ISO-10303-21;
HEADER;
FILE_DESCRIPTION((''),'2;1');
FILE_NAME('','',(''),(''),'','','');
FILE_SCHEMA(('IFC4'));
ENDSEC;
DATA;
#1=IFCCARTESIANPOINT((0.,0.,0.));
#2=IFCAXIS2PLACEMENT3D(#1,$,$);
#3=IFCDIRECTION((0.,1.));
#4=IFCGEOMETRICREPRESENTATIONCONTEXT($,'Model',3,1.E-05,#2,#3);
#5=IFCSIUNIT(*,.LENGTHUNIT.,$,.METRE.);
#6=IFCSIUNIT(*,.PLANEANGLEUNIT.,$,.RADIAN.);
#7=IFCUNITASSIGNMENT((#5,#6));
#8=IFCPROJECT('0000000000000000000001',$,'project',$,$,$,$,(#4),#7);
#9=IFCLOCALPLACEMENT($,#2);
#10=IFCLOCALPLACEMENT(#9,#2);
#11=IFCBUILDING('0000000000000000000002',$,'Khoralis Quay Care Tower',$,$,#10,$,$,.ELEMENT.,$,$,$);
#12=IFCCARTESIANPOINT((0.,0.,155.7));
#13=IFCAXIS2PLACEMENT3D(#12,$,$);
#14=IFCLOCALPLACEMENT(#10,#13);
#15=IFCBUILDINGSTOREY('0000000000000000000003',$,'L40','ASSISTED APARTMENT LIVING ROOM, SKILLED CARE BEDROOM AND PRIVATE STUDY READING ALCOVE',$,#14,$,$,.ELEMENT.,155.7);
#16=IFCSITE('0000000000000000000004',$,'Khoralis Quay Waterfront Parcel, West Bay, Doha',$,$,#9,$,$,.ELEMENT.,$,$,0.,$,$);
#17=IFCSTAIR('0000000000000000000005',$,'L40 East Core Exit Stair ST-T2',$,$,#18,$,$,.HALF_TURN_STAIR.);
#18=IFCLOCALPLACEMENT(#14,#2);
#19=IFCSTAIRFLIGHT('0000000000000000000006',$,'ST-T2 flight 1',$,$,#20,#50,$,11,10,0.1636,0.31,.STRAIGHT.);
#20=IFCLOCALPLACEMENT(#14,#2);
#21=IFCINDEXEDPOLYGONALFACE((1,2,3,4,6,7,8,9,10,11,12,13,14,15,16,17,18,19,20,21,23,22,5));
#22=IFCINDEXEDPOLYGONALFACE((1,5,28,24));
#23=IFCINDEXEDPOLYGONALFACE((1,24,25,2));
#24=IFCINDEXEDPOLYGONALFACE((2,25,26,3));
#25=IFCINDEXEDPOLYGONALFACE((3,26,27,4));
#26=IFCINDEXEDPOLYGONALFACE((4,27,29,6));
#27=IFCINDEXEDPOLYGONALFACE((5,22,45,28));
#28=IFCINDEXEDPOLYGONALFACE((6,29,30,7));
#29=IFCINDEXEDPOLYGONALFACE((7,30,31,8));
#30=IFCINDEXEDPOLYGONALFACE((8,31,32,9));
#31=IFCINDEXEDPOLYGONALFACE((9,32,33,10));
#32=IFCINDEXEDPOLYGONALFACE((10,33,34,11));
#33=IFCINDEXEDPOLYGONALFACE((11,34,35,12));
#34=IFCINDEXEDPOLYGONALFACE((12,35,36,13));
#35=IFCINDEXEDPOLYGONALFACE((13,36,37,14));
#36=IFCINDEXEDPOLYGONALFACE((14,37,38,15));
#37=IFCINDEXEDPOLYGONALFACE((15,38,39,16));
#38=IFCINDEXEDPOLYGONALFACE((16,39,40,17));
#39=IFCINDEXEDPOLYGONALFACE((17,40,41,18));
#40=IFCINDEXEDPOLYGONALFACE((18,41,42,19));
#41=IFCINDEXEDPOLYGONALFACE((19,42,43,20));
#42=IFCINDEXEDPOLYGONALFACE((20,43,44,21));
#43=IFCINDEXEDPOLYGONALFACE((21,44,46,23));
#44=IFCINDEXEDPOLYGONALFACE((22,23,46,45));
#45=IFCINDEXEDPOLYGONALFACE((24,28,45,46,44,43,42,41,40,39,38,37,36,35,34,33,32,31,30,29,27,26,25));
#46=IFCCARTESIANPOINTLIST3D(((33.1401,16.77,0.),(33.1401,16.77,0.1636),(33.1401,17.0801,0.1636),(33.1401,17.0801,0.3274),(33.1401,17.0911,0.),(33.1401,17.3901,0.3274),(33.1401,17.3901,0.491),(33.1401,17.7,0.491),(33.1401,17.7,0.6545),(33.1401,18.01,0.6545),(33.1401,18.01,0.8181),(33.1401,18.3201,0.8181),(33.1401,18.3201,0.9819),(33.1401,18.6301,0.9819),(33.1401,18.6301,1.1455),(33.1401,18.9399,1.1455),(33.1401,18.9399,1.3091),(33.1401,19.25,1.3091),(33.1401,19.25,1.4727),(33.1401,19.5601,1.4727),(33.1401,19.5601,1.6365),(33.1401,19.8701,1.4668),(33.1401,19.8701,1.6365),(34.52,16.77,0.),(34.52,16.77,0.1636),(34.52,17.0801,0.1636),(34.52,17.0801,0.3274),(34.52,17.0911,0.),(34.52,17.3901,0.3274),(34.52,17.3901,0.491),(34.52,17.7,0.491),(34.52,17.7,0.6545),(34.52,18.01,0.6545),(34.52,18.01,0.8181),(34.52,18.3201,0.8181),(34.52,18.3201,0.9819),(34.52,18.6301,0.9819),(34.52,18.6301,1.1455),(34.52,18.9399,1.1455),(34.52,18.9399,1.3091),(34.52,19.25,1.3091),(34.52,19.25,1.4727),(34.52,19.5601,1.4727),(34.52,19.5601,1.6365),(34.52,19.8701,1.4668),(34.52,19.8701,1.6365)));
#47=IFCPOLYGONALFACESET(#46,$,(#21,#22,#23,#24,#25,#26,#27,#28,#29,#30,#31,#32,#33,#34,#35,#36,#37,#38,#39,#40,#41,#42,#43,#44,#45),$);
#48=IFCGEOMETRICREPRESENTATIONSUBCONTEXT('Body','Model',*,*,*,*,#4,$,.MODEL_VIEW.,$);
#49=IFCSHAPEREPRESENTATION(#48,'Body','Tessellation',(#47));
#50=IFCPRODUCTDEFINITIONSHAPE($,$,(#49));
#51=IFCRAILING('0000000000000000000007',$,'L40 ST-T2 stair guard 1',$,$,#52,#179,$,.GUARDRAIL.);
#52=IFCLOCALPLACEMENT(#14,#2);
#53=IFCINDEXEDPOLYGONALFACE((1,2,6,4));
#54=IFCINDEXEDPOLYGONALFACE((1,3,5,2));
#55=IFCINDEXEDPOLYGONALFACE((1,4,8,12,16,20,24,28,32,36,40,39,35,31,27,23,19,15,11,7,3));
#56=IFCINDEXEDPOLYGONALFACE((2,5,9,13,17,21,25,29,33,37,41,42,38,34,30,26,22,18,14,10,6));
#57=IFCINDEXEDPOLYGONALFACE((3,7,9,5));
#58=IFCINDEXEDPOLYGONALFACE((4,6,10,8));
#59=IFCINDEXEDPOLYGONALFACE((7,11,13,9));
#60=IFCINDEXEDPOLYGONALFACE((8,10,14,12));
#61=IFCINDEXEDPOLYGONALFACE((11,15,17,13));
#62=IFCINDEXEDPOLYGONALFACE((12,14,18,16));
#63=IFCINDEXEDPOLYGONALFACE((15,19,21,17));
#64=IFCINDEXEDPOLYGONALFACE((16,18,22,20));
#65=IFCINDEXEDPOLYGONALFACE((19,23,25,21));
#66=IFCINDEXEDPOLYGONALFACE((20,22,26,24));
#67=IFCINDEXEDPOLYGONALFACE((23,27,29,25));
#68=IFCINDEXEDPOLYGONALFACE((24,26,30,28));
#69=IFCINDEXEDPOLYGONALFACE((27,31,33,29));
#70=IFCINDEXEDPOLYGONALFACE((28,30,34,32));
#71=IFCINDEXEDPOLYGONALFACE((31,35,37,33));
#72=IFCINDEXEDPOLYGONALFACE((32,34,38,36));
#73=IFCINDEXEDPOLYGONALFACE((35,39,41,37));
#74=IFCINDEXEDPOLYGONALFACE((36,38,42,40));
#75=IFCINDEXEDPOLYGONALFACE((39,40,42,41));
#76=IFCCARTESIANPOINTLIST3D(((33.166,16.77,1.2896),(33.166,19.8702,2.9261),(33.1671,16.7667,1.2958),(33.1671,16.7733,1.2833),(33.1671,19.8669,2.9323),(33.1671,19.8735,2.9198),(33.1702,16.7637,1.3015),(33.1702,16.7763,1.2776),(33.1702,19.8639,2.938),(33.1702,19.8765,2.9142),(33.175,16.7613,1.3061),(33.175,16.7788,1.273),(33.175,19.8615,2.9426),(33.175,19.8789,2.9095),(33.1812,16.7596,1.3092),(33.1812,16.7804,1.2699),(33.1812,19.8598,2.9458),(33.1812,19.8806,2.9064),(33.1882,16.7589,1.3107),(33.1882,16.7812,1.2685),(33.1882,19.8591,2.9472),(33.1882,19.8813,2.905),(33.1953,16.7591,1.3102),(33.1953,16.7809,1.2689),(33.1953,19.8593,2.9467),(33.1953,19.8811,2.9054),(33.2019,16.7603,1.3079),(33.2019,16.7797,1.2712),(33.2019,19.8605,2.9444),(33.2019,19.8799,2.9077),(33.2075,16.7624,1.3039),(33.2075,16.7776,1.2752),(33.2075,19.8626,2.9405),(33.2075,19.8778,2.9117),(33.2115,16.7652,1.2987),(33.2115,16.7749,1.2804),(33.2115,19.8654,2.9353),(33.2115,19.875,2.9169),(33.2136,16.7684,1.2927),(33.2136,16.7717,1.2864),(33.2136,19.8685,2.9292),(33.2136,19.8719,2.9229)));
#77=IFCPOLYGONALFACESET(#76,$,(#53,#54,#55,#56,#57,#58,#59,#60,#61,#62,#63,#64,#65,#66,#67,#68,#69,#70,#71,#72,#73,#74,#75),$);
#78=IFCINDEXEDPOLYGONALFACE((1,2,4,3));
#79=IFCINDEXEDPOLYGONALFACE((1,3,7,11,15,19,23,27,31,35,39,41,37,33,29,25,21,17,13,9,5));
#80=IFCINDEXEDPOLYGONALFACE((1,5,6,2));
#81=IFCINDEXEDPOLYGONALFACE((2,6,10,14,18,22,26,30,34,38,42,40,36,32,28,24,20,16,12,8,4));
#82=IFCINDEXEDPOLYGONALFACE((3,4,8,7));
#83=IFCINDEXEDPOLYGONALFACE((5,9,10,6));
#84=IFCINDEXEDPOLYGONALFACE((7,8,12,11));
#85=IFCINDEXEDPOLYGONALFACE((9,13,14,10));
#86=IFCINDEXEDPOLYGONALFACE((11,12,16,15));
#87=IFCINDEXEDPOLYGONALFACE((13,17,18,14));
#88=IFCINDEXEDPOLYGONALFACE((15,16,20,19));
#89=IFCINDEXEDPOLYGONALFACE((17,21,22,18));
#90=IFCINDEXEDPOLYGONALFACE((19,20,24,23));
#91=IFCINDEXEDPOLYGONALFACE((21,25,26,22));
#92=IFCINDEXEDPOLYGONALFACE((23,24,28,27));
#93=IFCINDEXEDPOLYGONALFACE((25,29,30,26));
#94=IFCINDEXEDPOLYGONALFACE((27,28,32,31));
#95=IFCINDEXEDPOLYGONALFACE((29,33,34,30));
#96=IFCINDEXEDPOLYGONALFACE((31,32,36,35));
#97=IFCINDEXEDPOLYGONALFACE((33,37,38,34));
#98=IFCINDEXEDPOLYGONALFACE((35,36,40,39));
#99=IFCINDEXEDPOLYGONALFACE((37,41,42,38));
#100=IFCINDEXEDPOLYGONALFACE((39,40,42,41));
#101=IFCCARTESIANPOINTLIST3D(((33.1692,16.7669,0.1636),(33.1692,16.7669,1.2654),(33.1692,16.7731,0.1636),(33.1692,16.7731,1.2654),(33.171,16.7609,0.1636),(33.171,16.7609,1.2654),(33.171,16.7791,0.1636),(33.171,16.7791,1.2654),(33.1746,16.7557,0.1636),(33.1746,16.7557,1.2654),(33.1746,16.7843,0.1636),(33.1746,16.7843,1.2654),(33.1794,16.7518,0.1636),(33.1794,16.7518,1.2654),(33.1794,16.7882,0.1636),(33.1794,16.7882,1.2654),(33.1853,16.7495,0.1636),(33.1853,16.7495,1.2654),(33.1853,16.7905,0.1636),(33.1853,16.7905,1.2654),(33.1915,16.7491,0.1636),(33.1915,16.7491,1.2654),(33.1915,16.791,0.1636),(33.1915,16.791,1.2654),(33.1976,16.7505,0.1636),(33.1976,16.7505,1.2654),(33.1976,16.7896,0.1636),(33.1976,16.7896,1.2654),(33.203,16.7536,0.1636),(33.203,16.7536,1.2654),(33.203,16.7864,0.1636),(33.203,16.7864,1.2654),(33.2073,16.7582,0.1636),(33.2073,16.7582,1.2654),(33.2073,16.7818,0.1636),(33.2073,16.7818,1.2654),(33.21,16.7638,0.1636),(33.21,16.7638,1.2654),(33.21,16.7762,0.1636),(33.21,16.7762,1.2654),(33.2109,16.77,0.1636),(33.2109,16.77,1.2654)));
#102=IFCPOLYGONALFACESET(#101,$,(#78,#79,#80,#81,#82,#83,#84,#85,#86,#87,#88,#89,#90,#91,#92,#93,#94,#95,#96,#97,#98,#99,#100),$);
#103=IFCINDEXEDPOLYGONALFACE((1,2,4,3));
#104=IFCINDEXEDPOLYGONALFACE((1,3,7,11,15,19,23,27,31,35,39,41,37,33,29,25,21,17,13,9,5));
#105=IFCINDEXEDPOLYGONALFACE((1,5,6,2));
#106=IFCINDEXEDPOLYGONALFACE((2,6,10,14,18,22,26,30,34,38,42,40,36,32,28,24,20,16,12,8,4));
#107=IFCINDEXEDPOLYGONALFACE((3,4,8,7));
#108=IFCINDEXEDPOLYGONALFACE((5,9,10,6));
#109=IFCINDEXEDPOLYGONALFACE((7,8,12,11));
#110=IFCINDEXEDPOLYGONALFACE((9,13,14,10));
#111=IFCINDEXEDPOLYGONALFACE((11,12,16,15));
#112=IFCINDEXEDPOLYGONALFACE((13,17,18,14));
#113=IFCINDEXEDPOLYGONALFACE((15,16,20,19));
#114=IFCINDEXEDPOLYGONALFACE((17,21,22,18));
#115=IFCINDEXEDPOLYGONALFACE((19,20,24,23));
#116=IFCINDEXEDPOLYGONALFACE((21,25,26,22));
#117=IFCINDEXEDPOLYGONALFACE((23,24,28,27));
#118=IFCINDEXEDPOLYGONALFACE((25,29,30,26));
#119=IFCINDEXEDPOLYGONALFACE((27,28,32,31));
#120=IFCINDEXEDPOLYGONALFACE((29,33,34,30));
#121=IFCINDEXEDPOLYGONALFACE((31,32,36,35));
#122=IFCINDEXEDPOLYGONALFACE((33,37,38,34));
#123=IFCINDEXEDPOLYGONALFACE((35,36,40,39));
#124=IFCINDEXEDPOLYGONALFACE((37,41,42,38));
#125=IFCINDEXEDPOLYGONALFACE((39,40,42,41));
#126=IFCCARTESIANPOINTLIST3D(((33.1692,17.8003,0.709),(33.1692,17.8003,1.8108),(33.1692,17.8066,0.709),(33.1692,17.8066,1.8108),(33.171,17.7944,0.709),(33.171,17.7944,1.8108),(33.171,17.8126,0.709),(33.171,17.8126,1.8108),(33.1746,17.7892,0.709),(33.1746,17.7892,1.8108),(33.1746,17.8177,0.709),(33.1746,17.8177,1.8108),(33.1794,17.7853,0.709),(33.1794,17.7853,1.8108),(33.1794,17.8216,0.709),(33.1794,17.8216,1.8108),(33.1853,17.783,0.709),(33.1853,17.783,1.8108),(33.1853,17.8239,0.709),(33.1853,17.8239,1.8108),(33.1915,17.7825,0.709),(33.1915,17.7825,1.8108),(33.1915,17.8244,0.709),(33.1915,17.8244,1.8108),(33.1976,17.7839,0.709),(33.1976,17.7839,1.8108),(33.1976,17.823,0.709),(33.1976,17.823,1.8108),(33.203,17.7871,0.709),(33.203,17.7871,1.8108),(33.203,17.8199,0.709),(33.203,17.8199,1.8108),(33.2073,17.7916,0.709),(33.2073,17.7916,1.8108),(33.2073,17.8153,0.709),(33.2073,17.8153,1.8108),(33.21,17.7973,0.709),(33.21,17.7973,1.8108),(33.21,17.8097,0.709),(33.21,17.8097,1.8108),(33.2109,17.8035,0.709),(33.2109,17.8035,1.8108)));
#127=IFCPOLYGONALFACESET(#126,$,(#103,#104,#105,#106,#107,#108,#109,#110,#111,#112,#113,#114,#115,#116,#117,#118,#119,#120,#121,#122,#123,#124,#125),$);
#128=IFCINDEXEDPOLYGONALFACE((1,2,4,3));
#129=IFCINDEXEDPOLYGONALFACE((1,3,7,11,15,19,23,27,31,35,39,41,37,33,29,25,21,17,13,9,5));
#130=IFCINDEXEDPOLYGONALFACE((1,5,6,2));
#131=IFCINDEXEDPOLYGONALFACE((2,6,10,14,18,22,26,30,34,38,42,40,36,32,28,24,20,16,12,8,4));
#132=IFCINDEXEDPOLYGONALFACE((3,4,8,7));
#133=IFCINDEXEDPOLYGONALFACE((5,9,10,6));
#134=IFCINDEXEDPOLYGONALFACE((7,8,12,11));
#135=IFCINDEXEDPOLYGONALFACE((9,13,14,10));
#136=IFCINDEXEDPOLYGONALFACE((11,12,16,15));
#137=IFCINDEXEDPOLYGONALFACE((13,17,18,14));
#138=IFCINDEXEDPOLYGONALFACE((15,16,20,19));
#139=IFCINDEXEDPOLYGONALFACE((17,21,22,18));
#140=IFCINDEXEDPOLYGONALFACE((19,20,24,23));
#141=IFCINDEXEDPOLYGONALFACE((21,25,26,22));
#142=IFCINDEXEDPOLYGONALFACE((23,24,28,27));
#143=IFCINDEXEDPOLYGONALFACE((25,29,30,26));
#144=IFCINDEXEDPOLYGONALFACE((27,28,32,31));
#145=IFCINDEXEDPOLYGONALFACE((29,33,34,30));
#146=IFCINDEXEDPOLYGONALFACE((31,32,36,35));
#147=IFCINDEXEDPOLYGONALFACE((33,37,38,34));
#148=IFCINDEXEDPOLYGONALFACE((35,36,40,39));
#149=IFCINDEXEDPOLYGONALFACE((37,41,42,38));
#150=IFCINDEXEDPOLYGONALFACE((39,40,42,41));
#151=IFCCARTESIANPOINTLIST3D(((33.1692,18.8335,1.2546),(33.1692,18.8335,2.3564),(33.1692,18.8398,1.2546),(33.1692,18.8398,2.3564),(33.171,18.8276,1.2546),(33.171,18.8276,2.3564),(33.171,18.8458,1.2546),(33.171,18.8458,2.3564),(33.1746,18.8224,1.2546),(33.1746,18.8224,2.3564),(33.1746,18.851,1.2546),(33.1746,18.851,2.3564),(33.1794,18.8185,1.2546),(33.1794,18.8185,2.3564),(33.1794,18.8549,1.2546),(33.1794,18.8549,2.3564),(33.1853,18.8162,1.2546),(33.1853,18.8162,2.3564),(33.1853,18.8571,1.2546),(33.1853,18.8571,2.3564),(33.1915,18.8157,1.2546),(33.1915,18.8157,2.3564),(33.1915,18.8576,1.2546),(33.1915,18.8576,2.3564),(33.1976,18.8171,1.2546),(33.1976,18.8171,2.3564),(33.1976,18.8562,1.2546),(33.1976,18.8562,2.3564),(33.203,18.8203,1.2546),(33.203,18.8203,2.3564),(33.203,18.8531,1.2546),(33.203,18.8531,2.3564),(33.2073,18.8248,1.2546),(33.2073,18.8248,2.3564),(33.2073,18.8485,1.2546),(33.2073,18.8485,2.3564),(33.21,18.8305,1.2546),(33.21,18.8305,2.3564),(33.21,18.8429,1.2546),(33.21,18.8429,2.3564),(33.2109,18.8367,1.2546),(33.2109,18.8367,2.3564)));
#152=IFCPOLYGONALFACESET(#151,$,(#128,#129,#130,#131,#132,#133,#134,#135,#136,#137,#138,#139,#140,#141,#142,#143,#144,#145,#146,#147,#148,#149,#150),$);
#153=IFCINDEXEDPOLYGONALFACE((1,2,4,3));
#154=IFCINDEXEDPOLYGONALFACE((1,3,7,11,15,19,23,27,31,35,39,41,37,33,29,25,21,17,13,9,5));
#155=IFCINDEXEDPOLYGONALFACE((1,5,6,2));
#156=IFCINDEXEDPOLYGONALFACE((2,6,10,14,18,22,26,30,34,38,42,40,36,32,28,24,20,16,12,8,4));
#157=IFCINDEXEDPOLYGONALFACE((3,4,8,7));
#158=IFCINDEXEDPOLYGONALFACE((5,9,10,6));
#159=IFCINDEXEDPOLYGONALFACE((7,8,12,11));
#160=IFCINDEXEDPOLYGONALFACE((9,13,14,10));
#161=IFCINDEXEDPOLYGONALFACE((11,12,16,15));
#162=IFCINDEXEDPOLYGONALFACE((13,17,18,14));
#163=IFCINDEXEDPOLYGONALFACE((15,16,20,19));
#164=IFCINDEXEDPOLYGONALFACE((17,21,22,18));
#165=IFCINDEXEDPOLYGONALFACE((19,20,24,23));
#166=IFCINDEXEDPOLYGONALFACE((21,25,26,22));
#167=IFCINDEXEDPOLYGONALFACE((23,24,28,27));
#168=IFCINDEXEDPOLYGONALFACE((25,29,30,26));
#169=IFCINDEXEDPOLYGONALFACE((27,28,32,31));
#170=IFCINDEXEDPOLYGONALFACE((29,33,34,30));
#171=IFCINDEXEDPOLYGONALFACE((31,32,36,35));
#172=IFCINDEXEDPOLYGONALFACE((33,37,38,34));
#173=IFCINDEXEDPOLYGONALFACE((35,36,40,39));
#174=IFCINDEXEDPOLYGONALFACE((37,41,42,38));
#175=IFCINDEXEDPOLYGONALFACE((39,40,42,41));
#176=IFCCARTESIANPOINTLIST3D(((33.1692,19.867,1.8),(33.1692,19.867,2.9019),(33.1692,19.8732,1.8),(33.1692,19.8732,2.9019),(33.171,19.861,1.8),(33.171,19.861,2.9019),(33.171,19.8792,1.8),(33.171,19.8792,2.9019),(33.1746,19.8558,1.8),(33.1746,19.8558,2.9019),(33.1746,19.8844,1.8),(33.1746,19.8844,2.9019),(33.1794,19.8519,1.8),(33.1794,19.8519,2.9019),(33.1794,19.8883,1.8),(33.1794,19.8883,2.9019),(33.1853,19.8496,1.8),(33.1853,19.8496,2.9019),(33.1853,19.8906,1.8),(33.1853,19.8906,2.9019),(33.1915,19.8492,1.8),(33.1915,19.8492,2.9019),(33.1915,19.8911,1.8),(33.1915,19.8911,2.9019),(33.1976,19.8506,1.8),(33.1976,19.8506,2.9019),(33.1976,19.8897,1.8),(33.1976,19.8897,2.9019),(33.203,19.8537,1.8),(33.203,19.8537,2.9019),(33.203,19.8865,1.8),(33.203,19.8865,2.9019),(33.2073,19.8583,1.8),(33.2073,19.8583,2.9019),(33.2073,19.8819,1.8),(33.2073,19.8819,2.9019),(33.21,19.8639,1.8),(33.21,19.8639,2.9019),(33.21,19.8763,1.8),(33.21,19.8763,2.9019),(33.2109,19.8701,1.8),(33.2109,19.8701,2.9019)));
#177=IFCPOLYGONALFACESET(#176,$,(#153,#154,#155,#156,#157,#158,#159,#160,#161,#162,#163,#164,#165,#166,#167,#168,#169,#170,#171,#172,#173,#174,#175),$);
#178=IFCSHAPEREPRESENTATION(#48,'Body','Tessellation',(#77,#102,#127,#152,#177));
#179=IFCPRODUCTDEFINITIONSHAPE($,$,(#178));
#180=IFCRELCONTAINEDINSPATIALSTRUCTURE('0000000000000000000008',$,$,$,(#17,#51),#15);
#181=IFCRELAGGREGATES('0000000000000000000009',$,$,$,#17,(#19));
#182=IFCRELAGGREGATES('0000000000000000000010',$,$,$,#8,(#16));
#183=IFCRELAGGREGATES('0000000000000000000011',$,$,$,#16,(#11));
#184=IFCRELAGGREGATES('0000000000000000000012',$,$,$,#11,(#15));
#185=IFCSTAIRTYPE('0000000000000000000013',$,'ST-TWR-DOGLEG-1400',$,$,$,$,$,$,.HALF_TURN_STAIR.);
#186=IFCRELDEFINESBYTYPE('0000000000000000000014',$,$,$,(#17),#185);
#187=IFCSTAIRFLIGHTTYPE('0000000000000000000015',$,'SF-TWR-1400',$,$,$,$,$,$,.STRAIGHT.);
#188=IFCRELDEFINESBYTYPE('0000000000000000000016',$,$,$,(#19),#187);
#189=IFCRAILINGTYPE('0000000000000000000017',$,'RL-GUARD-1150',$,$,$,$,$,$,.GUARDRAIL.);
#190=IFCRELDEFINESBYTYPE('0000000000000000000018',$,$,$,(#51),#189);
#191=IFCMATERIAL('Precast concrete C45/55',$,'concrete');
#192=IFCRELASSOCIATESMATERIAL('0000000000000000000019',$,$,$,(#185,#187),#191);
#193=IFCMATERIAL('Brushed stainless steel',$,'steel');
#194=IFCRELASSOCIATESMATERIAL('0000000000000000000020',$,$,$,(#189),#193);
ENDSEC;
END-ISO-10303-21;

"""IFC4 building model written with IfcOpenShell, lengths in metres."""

from ifc_helpers import new_model, si_unit, direction, frame, origin, origin_2d, place, context, subcontext, project, spatial, polyline, circle, outline, extrude, source, transform, mapped, material, type_object, element, aggregate, save


model = new_model("IFC4")

# Units and contexts
model_context = context("Model", 3, precision=1e-05, world=origin(), true_north=direction((0.0, 1.0)))
body_context = subcontext(model_context, "Body", "Model", "MODEL_VIEW")
ifc_project = project(units=[si_unit("LENGTHUNIT", "METRE"), si_unit("PLANEANGLEUNIT", "RADIAN")], contexts=[model_context])

# Site, building, storey
site_placement = place(None, origin())
site = spatial("IfcSite", under=ifc_project, at=site_placement, Name="Khoralis Quay Waterfront Parcel, West Bay, Doha", CompositionType="ELEMENT", RefElevation=0.0)
building_placement = place(site_placement, origin())
building = spatial("IfcBuilding", under=site, at=building_placement, Name="Khoralis Quay Care Tower", CompositionType="ELEMENT")
storey_placement = place(building_placement, frame((0.0, 0.0, 155.7)))
storey = spatial("IfcBuildingStorey", under=building, at=storey_placement, Name="L40", Description="ASSISTED APARTMENT LIVING ROOM, SKILLED CARE BEDROOM AND PRIVATE STUDY READING ALCOVE", CompositionType="ELEMENT", Elevation=155.7)

# Stair, stair flight
ifc_material_1 = material(Name="Precast concrete C45/55", Category="concrete")
stair_type = type_object("IfcStairType", Name="ST-TWR-DOGLEG-1400", PredefinedType="HALF_TURN_STAIR", material=ifc_material_1)
stair_placement = place(storey_placement, origin())
stair = element("IfcStair", 1, at=stair_placement, inside=storey, type_object=stair_type, Name="L40 East Core Exit Stair ST-T2", PredefinedType="HALF_TURN_STAIR")
stair_flight_type = type_object("IfcStairFlightType", Name="SF-TWR-1400", PredefinedType="STRAIGHT", material=ifc_material_1)
shared_shape_1 = source(origin(), body_context, "Body", "SweptSolid", [
    extrude(outline(polyline([(0.0, 0.0), (0.0, 0.1636), (0.3101, 0.1636), (0.3101, 0.3274), (0.6201, 0.3274), (0.6201, 0.491), (0.9299, 0.491), (0.9299, 0.6545), (1.24, 0.6545), (1.24, 0.8181), (1.55, 0.8181), (1.55, 0.9819), (1.8601, 0.9819), (1.8601, 1.1455), (2.1699, 1.1455), (2.1699, 1.3091), (2.48, 1.3091), (2.48, 1.4727), (2.79, 1.4727), (2.79, 1.6365), (3.1001, 1.6365), (3.1001, 1.8), (3.1001, 1.4668), (0.321, 0.0), (0.0, 0.0)])), frame((0.0, 0.6899, 0.0), z_axis=(0.0, -1.0, 0.0), x_axis=(1.0, 0.0, 0.0)), (0.0, 0.0, 1.0), 1.3799),
])
stair_flight_placement = place(storey_placement, frame((33.8301, 16.77, 0.0), z_axis=(0.0, 0.0, 1.0), x_axis=(0.0, 1.0, 0.0)))
stair_flight = element("IfcStairFlight", 2, at=stair_flight_placement, type_object=stair_flight_type, Name="ST-T2 flight 1", NumberOfRisers=11, NumberOfTreads=10, PredefinedType="STRAIGHT", RiserHeight=0.1636, TreadLength=0.31, context=body_context, shape_type="MappedRepresentation", body=[
    mapped(shared_shape_1, transform((0.0, 0.0, 0.0), scale=1.0)),
])
aggregate(stair, [stair_flight])

# Railing
ifc_material_2 = material(Name="Brushed stainless steel", Category="steel")
railing_type_1 = type_object("IfcRailingType", Name="RL-GUARD-1150", PredefinedType="GUARDRAIL", material=ifc_material_2)
railing_1_placement = place(storey_placement, frame((33.1899, 16.77, 0.1636)))
element("IfcRailing", 3, at=railing_1_placement, inside=storey, type_object=railing_type_1, Name="L40 ST-T2 stair guard 1", PredefinedType="GUARDRAIL", context=body_context, shape_type="SweptSolid", body=[
    extrude(circle(Radius=0.0239, at=origin_2d()), frame((0.0, 0.0, 1.126), z_axis=(0.0, 0.884348, 0.466828), x_axis=(-1.0, 0.0, 0.0)), (0.0, 0.0, 1.0), 3.5056),
    extrude(circle(Radius=0.021, at=origin_2d()), origin(), (0.0, 0.0, 1.0), 1.1018),
    extrude(circle(Radius=0.021, at=origin_2d()), frame((0.0, 1.0334, 0.5454)), (0.0, 0.0, 1.0), 1.1018),
    extrude(circle(Radius=0.021, at=origin_2d()), frame((0.0, 2.0667, 1.0911)), (0.0, 0.0, 1.0), 1.1018),
    extrude(circle(Radius=0.021, at=origin_2d()), frame((0.0, 3.1001, 1.6365)), (0.0, 0.0, 1.0), 1.1018),
])

save(model, "model.ifc")
